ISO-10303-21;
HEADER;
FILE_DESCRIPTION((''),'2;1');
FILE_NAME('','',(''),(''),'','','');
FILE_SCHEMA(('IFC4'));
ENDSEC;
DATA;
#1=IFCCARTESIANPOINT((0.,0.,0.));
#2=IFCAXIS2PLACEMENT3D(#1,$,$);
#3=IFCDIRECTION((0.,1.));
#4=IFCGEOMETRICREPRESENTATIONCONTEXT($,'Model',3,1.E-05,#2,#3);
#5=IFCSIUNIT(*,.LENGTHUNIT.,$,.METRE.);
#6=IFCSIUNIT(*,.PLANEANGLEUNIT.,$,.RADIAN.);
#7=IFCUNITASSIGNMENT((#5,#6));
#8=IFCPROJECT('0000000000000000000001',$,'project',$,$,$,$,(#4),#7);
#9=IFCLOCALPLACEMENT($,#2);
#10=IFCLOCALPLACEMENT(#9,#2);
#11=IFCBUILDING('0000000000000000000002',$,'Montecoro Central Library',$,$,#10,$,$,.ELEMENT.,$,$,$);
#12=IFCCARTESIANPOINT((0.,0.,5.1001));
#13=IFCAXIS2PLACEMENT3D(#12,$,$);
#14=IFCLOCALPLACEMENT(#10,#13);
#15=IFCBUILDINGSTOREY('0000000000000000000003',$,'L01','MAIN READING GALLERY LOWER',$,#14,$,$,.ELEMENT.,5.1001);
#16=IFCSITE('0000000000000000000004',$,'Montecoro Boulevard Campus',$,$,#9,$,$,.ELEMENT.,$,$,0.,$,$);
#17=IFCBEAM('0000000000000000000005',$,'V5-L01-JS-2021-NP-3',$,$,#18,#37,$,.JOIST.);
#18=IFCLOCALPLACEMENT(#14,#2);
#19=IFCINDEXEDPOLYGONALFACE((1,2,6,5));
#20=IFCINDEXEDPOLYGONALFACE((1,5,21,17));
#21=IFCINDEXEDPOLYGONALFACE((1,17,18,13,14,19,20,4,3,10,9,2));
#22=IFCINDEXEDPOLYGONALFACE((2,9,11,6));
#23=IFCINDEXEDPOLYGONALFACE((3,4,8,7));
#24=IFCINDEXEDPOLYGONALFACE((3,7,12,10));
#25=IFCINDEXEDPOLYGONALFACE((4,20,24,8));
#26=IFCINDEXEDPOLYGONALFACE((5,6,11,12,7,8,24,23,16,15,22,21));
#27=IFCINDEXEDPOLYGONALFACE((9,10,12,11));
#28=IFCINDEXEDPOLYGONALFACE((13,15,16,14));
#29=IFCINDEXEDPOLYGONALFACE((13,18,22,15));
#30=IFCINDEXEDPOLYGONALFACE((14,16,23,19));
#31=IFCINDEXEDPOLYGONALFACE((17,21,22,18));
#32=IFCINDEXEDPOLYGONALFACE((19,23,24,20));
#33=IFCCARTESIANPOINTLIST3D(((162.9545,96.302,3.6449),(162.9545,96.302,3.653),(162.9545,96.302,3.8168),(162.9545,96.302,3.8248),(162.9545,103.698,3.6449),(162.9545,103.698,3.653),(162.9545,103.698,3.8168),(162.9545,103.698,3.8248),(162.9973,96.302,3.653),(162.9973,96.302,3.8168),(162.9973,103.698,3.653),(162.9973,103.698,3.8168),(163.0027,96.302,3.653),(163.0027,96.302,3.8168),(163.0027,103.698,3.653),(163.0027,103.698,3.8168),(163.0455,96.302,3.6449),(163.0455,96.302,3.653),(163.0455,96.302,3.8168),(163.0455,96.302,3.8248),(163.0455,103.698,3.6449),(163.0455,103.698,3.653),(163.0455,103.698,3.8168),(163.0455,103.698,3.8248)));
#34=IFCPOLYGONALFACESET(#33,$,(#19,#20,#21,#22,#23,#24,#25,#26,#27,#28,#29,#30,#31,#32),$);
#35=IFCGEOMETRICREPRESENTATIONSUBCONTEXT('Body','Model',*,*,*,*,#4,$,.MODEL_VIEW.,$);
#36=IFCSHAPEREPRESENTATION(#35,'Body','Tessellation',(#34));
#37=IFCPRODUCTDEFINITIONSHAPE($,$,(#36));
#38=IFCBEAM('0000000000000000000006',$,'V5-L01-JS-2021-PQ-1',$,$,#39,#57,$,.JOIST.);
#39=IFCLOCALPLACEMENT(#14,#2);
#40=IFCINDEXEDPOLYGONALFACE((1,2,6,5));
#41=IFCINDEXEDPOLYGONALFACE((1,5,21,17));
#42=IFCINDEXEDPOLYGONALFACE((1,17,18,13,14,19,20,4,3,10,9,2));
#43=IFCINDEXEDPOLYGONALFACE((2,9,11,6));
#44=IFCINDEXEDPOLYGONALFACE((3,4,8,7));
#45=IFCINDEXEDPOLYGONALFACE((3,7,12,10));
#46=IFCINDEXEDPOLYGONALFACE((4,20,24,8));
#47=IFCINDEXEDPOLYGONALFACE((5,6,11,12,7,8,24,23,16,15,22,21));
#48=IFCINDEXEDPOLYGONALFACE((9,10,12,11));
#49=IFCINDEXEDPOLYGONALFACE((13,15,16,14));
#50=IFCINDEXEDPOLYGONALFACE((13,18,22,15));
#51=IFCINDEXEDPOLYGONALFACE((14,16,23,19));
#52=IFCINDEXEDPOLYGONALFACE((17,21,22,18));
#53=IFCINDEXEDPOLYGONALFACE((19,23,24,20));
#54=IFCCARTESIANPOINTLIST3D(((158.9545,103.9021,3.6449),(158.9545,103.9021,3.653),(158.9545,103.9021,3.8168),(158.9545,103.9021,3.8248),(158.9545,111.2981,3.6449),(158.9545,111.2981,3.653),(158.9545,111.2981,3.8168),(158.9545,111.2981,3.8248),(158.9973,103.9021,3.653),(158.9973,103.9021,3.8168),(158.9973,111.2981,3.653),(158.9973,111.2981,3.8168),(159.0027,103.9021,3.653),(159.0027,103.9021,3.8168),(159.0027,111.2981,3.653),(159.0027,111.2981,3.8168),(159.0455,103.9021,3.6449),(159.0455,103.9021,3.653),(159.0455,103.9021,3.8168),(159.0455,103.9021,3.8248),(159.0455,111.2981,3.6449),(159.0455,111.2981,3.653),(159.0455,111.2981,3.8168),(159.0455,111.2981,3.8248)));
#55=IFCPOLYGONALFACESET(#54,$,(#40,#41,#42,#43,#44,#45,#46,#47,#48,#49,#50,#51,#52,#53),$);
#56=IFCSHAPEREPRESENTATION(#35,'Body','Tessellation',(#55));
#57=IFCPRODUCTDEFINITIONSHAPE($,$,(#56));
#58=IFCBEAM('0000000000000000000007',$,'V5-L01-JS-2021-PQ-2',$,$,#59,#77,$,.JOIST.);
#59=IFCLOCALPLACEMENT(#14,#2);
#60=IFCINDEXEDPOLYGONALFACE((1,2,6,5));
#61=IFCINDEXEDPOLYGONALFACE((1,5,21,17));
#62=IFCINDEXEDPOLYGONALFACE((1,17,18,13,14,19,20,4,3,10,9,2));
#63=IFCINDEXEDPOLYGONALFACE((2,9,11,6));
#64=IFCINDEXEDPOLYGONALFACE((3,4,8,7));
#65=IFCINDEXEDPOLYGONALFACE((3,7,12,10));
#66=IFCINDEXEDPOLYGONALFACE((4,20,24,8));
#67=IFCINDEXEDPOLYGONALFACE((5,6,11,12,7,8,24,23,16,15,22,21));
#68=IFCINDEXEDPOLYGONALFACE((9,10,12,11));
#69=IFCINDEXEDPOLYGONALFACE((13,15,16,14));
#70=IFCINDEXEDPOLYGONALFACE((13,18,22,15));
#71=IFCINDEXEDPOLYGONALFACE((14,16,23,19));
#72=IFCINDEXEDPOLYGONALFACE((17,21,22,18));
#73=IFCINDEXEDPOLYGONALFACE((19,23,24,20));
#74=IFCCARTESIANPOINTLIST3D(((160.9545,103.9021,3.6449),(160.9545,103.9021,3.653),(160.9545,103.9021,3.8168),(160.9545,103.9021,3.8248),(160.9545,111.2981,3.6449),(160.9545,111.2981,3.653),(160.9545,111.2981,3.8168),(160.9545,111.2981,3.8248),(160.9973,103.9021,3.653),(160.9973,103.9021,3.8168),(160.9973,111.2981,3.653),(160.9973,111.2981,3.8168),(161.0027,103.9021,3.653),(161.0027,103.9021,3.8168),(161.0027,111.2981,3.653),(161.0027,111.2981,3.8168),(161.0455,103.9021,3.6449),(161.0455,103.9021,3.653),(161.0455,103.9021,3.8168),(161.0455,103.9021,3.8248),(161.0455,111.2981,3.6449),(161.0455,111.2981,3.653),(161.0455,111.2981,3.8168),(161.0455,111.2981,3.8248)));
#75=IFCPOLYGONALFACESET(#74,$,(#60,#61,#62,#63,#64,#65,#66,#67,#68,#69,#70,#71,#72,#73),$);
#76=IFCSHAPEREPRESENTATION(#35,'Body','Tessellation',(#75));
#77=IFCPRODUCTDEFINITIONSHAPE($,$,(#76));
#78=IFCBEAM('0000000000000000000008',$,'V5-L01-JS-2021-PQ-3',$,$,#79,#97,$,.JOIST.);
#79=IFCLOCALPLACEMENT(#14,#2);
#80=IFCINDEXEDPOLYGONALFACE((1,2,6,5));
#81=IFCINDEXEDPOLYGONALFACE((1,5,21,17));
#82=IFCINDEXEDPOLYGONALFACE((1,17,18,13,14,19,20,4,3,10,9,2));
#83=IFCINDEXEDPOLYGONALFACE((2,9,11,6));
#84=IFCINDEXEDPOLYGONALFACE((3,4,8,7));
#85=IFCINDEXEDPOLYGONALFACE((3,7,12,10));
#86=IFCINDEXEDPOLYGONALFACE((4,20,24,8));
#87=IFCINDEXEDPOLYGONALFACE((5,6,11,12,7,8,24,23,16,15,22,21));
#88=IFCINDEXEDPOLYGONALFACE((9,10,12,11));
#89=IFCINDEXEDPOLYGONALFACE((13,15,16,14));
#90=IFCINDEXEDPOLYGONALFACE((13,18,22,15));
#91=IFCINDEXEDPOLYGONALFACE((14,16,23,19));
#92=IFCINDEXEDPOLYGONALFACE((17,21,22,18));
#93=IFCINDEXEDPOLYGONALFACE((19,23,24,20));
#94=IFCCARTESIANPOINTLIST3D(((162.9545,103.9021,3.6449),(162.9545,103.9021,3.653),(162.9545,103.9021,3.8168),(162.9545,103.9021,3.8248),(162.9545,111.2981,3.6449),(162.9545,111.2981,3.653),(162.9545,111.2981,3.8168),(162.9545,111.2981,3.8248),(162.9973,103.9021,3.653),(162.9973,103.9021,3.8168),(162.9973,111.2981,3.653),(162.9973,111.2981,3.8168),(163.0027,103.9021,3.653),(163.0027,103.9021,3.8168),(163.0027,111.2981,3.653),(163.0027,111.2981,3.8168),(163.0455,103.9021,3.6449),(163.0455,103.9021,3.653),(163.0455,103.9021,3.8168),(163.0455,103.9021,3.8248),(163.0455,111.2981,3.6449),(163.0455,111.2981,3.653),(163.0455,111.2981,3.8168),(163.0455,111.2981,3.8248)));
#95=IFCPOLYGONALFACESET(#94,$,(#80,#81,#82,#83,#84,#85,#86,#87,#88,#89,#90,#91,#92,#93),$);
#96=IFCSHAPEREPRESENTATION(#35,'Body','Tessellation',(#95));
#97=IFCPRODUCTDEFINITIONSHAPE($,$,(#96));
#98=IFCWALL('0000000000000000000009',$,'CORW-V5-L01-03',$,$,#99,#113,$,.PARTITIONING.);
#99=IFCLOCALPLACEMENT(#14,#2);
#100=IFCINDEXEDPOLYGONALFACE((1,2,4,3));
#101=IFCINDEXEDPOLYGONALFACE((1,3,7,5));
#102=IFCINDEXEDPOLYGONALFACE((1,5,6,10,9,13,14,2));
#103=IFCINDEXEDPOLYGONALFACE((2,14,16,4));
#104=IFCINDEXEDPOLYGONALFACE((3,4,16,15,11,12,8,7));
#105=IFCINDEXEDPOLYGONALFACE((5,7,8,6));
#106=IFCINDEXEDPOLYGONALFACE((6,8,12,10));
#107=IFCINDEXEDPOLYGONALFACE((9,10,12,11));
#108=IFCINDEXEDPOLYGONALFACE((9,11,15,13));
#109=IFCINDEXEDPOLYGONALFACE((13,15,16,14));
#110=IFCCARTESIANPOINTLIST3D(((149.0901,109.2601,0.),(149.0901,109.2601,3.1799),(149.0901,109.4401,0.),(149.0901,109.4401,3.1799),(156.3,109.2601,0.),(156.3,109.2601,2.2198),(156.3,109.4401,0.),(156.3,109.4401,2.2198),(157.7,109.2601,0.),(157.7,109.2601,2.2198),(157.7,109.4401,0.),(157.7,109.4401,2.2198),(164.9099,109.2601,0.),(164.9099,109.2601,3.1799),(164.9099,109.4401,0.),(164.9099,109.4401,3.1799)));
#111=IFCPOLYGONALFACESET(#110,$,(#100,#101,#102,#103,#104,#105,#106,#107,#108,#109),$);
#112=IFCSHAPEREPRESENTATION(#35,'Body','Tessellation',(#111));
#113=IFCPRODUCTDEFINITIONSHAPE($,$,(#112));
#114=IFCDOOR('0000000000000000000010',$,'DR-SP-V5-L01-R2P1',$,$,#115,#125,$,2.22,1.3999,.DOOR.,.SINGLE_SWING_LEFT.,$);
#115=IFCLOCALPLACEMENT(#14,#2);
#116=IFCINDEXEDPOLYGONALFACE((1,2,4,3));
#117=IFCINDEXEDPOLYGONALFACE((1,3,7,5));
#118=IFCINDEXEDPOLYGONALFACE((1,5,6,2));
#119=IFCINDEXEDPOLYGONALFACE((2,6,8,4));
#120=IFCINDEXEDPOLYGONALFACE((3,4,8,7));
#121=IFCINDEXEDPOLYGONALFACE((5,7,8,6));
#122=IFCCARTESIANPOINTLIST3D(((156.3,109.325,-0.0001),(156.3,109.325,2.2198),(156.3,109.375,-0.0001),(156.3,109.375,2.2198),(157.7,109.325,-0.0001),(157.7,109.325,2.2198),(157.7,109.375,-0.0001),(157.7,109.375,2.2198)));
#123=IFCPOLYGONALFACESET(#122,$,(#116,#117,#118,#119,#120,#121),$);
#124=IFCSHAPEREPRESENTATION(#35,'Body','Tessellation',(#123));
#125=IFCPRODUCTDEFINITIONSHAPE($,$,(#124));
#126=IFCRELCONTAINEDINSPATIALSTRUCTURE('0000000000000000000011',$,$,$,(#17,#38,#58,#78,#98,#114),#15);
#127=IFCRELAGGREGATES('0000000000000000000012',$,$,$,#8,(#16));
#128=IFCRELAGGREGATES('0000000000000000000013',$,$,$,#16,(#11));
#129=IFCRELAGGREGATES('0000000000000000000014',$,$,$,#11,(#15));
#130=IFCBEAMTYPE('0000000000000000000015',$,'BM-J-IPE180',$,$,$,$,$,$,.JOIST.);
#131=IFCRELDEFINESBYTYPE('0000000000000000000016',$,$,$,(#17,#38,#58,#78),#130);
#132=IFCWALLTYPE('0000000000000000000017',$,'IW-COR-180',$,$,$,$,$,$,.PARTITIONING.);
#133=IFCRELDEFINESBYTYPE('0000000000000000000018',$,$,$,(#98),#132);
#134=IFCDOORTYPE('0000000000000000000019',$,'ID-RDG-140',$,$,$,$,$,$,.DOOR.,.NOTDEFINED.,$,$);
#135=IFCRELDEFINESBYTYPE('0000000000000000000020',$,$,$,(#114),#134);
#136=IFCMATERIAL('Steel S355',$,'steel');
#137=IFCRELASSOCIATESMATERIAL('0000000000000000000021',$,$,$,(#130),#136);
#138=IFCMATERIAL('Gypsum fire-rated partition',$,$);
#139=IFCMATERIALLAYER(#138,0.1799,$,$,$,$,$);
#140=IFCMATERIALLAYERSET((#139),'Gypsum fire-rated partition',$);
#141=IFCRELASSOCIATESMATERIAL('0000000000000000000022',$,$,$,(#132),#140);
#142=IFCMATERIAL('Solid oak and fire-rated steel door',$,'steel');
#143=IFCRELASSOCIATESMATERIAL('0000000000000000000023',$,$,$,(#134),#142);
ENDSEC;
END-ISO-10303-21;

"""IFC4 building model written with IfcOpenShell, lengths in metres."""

from ifc_helpers import new_model, si_unit, direction, frame, frame_2d, origin, origin_2d, place, context, subcontext, project, spatial, rectangle, i_section, extrude, material, layer, layer_set, material_profile, profile_set, type_object, element, fill, save


model = new_model("IFC4")

# Units and contexts
model_context = context("Model", 3, precision=1e-05, world=origin(), true_north=direction((0.0, 1.0)))
body_context = subcontext(model_context, "Body", "Model", "MODEL_VIEW")
ifc_project = project(units=[si_unit("LENGTHUNIT", "METRE"), si_unit("PLANEANGLEUNIT", "RADIAN")], contexts=[model_context])

# Site, building, storey
site_placement = place(None, origin())
site = spatial("IfcSite", under=ifc_project, at=site_placement, Name="Montecoro Boulevard Campus", CompositionType="ELEMENT", RefElevation=0.0)
building_placement = place(site_placement, origin())
building = spatial("IfcBuilding", under=site, at=building_placement, Name="Montecoro Central Library", CompositionType="ELEMENT")
storey_placement = place(building_placement, frame((0.0, 0.0, 5.1001)))
storey = spatial("IfcBuildingStorey", under=building, at=storey_placement, Name="L01", Description="MAIN READING GALLERY LOWER", CompositionType="ELEMENT", Elevation=5.1001)

# Beams
ifc_material_1 = material(Name="Steel S355", Category="steel")
ifc_material_profile_1 = material_profile(ifc_material_1, i_section(OverallWidth=0.0911, OverallDepth=0.1799, WebThickness=0.0054, FlangeThickness=0.0081, at=origin_2d()), Name="IPE 180")
ifc_profile_set_1 = profile_set([ifc_material_profile_1], Name="Steel S355")
beam_type_1 = type_object("IfcBeamType", Name="BM-J-IPE180", PredefinedType="JOIST", material=ifc_profile_set_1)
for number, where, z_axis, x_axis, name in (
    (1, (163.0, 96.302, 3.7349), (0.0, 1.0, 0.0), (-1.0, 0.0, 0.0), "V5-L01-JS-2021-NP-3"),
    (2, (159.0, 103.9021, 3.7349), (0.0, 1.0, 0.0), (-1.0, 0.0, 0.0), "V5-L01-JS-2021-PQ-1"),
    (3, (161.0, 103.9021, 3.7349), (0.0, 1.0, 0.0), (-1.0, 0.0, 0.0), "V5-L01-JS-2021-PQ-2"),
    (4, (163.0, 103.9021, 3.7349), (0.0, 1.0, 0.0), (-1.0, 0.0, 0.0), "V5-L01-JS-2021-PQ-3"),
):
    element("IfcBeam", number, at=place(storey_placement, frame(where, z_axis=z_axis, x_axis=x_axis)), inside=storey, type_object=beam_type_1, Name=name, PredefinedType="JOIST", context=body_context, shape_type="SweptSolid", body=[
        extrude(i_section(OverallWidth=0.0911, OverallDepth=0.1799, WebThickness=0.0054, FlangeThickness=0.0081, at=origin_2d()), origin(), (0.0, 0.0, 1.0), 7.396),
    ])

# Wall, opening, door
ifc_material_2 = material(Name="Gypsum fire-rated partition")
ifc_layer = layer(ifc_material_2, 0.1799)
ifc_layer_set = layer_set([ifc_layer], Name="Gypsum fire-rated partition")
wall_type = type_object("IfcWallType", Name="IW-COR-180", PredefinedType="PARTITIONING", material=ifc_layer_set)
wall_placement = place(storey_placement, frame((149.0901, 109.3501, 0.0), z_axis=(0.0, 0.0, 1.0), x_axis=(1.0, 0.0, 0.0)))
wall = element("IfcWall", 5, at=wall_placement, inside=storey, type_object=wall_type, Name="CORW-V5-L01-03", PredefinedType="PARTITIONING", context=body_context, shape_type="SweptSolid", body=[
    extrude(rectangle(XDim=15.8198, YDim=0.1799, at=frame_2d((7.9099, 0.0))), origin(), (0.0, 0.0, 1.0), 3.1799),
])
opening_placement = place(wall_placement, frame((7.21, 0.0, 0.0)))
opening = element("IfcOpeningElement", 6, at=opening_placement, cuts=wall, PredefinedType="OPENING", context=body_context, shape_type="SweptSolid", body=[
    extrude(rectangle(XDim=1.3999, YDim=2.22, at=frame_2d((0.7, 1.1099))), frame((0.0, 0.0999, 0.0), z_axis=(0.0, -1.0, 0.0), x_axis=(1.0, 0.0, 0.0)), (0.0, 0.0, 1.0), 0.2),
])
ifc_material_3 = material(Name="Solid oak and fire-rated steel door", Category="steel")
door_type = type_object("IfcDoorType", Name="ID-RDG-140", OperationType="NOTDEFINED", PredefinedType="DOOR", material=ifc_material_3)
door_placement = place(opening_placement, origin())
door = element("IfcDoor", 7, at=door_placement, inside=storey, type_object=door_type, Name="DR-SP-V5-L01-R2P1", OperationType="SINGLE_SWING_LEFT", OverallHeight=2.22, OverallWidth=1.3999, PredefinedType="DOOR", context=body_context, shape_type="SweptSolid", body=[
    extrude(rectangle(XDim=1.3999, YDim=2.22, at=frame_2d((0.7, 1.1099))), frame((0.0, 0.0249, 0.0), z_axis=(0.0, -1.0, 0.0), x_axis=(1.0, 0.0, 0.0)), (0.0, 0.0, 1.0), 0.05),
])
fill(opening, door)

save(model, "model.ifc")
